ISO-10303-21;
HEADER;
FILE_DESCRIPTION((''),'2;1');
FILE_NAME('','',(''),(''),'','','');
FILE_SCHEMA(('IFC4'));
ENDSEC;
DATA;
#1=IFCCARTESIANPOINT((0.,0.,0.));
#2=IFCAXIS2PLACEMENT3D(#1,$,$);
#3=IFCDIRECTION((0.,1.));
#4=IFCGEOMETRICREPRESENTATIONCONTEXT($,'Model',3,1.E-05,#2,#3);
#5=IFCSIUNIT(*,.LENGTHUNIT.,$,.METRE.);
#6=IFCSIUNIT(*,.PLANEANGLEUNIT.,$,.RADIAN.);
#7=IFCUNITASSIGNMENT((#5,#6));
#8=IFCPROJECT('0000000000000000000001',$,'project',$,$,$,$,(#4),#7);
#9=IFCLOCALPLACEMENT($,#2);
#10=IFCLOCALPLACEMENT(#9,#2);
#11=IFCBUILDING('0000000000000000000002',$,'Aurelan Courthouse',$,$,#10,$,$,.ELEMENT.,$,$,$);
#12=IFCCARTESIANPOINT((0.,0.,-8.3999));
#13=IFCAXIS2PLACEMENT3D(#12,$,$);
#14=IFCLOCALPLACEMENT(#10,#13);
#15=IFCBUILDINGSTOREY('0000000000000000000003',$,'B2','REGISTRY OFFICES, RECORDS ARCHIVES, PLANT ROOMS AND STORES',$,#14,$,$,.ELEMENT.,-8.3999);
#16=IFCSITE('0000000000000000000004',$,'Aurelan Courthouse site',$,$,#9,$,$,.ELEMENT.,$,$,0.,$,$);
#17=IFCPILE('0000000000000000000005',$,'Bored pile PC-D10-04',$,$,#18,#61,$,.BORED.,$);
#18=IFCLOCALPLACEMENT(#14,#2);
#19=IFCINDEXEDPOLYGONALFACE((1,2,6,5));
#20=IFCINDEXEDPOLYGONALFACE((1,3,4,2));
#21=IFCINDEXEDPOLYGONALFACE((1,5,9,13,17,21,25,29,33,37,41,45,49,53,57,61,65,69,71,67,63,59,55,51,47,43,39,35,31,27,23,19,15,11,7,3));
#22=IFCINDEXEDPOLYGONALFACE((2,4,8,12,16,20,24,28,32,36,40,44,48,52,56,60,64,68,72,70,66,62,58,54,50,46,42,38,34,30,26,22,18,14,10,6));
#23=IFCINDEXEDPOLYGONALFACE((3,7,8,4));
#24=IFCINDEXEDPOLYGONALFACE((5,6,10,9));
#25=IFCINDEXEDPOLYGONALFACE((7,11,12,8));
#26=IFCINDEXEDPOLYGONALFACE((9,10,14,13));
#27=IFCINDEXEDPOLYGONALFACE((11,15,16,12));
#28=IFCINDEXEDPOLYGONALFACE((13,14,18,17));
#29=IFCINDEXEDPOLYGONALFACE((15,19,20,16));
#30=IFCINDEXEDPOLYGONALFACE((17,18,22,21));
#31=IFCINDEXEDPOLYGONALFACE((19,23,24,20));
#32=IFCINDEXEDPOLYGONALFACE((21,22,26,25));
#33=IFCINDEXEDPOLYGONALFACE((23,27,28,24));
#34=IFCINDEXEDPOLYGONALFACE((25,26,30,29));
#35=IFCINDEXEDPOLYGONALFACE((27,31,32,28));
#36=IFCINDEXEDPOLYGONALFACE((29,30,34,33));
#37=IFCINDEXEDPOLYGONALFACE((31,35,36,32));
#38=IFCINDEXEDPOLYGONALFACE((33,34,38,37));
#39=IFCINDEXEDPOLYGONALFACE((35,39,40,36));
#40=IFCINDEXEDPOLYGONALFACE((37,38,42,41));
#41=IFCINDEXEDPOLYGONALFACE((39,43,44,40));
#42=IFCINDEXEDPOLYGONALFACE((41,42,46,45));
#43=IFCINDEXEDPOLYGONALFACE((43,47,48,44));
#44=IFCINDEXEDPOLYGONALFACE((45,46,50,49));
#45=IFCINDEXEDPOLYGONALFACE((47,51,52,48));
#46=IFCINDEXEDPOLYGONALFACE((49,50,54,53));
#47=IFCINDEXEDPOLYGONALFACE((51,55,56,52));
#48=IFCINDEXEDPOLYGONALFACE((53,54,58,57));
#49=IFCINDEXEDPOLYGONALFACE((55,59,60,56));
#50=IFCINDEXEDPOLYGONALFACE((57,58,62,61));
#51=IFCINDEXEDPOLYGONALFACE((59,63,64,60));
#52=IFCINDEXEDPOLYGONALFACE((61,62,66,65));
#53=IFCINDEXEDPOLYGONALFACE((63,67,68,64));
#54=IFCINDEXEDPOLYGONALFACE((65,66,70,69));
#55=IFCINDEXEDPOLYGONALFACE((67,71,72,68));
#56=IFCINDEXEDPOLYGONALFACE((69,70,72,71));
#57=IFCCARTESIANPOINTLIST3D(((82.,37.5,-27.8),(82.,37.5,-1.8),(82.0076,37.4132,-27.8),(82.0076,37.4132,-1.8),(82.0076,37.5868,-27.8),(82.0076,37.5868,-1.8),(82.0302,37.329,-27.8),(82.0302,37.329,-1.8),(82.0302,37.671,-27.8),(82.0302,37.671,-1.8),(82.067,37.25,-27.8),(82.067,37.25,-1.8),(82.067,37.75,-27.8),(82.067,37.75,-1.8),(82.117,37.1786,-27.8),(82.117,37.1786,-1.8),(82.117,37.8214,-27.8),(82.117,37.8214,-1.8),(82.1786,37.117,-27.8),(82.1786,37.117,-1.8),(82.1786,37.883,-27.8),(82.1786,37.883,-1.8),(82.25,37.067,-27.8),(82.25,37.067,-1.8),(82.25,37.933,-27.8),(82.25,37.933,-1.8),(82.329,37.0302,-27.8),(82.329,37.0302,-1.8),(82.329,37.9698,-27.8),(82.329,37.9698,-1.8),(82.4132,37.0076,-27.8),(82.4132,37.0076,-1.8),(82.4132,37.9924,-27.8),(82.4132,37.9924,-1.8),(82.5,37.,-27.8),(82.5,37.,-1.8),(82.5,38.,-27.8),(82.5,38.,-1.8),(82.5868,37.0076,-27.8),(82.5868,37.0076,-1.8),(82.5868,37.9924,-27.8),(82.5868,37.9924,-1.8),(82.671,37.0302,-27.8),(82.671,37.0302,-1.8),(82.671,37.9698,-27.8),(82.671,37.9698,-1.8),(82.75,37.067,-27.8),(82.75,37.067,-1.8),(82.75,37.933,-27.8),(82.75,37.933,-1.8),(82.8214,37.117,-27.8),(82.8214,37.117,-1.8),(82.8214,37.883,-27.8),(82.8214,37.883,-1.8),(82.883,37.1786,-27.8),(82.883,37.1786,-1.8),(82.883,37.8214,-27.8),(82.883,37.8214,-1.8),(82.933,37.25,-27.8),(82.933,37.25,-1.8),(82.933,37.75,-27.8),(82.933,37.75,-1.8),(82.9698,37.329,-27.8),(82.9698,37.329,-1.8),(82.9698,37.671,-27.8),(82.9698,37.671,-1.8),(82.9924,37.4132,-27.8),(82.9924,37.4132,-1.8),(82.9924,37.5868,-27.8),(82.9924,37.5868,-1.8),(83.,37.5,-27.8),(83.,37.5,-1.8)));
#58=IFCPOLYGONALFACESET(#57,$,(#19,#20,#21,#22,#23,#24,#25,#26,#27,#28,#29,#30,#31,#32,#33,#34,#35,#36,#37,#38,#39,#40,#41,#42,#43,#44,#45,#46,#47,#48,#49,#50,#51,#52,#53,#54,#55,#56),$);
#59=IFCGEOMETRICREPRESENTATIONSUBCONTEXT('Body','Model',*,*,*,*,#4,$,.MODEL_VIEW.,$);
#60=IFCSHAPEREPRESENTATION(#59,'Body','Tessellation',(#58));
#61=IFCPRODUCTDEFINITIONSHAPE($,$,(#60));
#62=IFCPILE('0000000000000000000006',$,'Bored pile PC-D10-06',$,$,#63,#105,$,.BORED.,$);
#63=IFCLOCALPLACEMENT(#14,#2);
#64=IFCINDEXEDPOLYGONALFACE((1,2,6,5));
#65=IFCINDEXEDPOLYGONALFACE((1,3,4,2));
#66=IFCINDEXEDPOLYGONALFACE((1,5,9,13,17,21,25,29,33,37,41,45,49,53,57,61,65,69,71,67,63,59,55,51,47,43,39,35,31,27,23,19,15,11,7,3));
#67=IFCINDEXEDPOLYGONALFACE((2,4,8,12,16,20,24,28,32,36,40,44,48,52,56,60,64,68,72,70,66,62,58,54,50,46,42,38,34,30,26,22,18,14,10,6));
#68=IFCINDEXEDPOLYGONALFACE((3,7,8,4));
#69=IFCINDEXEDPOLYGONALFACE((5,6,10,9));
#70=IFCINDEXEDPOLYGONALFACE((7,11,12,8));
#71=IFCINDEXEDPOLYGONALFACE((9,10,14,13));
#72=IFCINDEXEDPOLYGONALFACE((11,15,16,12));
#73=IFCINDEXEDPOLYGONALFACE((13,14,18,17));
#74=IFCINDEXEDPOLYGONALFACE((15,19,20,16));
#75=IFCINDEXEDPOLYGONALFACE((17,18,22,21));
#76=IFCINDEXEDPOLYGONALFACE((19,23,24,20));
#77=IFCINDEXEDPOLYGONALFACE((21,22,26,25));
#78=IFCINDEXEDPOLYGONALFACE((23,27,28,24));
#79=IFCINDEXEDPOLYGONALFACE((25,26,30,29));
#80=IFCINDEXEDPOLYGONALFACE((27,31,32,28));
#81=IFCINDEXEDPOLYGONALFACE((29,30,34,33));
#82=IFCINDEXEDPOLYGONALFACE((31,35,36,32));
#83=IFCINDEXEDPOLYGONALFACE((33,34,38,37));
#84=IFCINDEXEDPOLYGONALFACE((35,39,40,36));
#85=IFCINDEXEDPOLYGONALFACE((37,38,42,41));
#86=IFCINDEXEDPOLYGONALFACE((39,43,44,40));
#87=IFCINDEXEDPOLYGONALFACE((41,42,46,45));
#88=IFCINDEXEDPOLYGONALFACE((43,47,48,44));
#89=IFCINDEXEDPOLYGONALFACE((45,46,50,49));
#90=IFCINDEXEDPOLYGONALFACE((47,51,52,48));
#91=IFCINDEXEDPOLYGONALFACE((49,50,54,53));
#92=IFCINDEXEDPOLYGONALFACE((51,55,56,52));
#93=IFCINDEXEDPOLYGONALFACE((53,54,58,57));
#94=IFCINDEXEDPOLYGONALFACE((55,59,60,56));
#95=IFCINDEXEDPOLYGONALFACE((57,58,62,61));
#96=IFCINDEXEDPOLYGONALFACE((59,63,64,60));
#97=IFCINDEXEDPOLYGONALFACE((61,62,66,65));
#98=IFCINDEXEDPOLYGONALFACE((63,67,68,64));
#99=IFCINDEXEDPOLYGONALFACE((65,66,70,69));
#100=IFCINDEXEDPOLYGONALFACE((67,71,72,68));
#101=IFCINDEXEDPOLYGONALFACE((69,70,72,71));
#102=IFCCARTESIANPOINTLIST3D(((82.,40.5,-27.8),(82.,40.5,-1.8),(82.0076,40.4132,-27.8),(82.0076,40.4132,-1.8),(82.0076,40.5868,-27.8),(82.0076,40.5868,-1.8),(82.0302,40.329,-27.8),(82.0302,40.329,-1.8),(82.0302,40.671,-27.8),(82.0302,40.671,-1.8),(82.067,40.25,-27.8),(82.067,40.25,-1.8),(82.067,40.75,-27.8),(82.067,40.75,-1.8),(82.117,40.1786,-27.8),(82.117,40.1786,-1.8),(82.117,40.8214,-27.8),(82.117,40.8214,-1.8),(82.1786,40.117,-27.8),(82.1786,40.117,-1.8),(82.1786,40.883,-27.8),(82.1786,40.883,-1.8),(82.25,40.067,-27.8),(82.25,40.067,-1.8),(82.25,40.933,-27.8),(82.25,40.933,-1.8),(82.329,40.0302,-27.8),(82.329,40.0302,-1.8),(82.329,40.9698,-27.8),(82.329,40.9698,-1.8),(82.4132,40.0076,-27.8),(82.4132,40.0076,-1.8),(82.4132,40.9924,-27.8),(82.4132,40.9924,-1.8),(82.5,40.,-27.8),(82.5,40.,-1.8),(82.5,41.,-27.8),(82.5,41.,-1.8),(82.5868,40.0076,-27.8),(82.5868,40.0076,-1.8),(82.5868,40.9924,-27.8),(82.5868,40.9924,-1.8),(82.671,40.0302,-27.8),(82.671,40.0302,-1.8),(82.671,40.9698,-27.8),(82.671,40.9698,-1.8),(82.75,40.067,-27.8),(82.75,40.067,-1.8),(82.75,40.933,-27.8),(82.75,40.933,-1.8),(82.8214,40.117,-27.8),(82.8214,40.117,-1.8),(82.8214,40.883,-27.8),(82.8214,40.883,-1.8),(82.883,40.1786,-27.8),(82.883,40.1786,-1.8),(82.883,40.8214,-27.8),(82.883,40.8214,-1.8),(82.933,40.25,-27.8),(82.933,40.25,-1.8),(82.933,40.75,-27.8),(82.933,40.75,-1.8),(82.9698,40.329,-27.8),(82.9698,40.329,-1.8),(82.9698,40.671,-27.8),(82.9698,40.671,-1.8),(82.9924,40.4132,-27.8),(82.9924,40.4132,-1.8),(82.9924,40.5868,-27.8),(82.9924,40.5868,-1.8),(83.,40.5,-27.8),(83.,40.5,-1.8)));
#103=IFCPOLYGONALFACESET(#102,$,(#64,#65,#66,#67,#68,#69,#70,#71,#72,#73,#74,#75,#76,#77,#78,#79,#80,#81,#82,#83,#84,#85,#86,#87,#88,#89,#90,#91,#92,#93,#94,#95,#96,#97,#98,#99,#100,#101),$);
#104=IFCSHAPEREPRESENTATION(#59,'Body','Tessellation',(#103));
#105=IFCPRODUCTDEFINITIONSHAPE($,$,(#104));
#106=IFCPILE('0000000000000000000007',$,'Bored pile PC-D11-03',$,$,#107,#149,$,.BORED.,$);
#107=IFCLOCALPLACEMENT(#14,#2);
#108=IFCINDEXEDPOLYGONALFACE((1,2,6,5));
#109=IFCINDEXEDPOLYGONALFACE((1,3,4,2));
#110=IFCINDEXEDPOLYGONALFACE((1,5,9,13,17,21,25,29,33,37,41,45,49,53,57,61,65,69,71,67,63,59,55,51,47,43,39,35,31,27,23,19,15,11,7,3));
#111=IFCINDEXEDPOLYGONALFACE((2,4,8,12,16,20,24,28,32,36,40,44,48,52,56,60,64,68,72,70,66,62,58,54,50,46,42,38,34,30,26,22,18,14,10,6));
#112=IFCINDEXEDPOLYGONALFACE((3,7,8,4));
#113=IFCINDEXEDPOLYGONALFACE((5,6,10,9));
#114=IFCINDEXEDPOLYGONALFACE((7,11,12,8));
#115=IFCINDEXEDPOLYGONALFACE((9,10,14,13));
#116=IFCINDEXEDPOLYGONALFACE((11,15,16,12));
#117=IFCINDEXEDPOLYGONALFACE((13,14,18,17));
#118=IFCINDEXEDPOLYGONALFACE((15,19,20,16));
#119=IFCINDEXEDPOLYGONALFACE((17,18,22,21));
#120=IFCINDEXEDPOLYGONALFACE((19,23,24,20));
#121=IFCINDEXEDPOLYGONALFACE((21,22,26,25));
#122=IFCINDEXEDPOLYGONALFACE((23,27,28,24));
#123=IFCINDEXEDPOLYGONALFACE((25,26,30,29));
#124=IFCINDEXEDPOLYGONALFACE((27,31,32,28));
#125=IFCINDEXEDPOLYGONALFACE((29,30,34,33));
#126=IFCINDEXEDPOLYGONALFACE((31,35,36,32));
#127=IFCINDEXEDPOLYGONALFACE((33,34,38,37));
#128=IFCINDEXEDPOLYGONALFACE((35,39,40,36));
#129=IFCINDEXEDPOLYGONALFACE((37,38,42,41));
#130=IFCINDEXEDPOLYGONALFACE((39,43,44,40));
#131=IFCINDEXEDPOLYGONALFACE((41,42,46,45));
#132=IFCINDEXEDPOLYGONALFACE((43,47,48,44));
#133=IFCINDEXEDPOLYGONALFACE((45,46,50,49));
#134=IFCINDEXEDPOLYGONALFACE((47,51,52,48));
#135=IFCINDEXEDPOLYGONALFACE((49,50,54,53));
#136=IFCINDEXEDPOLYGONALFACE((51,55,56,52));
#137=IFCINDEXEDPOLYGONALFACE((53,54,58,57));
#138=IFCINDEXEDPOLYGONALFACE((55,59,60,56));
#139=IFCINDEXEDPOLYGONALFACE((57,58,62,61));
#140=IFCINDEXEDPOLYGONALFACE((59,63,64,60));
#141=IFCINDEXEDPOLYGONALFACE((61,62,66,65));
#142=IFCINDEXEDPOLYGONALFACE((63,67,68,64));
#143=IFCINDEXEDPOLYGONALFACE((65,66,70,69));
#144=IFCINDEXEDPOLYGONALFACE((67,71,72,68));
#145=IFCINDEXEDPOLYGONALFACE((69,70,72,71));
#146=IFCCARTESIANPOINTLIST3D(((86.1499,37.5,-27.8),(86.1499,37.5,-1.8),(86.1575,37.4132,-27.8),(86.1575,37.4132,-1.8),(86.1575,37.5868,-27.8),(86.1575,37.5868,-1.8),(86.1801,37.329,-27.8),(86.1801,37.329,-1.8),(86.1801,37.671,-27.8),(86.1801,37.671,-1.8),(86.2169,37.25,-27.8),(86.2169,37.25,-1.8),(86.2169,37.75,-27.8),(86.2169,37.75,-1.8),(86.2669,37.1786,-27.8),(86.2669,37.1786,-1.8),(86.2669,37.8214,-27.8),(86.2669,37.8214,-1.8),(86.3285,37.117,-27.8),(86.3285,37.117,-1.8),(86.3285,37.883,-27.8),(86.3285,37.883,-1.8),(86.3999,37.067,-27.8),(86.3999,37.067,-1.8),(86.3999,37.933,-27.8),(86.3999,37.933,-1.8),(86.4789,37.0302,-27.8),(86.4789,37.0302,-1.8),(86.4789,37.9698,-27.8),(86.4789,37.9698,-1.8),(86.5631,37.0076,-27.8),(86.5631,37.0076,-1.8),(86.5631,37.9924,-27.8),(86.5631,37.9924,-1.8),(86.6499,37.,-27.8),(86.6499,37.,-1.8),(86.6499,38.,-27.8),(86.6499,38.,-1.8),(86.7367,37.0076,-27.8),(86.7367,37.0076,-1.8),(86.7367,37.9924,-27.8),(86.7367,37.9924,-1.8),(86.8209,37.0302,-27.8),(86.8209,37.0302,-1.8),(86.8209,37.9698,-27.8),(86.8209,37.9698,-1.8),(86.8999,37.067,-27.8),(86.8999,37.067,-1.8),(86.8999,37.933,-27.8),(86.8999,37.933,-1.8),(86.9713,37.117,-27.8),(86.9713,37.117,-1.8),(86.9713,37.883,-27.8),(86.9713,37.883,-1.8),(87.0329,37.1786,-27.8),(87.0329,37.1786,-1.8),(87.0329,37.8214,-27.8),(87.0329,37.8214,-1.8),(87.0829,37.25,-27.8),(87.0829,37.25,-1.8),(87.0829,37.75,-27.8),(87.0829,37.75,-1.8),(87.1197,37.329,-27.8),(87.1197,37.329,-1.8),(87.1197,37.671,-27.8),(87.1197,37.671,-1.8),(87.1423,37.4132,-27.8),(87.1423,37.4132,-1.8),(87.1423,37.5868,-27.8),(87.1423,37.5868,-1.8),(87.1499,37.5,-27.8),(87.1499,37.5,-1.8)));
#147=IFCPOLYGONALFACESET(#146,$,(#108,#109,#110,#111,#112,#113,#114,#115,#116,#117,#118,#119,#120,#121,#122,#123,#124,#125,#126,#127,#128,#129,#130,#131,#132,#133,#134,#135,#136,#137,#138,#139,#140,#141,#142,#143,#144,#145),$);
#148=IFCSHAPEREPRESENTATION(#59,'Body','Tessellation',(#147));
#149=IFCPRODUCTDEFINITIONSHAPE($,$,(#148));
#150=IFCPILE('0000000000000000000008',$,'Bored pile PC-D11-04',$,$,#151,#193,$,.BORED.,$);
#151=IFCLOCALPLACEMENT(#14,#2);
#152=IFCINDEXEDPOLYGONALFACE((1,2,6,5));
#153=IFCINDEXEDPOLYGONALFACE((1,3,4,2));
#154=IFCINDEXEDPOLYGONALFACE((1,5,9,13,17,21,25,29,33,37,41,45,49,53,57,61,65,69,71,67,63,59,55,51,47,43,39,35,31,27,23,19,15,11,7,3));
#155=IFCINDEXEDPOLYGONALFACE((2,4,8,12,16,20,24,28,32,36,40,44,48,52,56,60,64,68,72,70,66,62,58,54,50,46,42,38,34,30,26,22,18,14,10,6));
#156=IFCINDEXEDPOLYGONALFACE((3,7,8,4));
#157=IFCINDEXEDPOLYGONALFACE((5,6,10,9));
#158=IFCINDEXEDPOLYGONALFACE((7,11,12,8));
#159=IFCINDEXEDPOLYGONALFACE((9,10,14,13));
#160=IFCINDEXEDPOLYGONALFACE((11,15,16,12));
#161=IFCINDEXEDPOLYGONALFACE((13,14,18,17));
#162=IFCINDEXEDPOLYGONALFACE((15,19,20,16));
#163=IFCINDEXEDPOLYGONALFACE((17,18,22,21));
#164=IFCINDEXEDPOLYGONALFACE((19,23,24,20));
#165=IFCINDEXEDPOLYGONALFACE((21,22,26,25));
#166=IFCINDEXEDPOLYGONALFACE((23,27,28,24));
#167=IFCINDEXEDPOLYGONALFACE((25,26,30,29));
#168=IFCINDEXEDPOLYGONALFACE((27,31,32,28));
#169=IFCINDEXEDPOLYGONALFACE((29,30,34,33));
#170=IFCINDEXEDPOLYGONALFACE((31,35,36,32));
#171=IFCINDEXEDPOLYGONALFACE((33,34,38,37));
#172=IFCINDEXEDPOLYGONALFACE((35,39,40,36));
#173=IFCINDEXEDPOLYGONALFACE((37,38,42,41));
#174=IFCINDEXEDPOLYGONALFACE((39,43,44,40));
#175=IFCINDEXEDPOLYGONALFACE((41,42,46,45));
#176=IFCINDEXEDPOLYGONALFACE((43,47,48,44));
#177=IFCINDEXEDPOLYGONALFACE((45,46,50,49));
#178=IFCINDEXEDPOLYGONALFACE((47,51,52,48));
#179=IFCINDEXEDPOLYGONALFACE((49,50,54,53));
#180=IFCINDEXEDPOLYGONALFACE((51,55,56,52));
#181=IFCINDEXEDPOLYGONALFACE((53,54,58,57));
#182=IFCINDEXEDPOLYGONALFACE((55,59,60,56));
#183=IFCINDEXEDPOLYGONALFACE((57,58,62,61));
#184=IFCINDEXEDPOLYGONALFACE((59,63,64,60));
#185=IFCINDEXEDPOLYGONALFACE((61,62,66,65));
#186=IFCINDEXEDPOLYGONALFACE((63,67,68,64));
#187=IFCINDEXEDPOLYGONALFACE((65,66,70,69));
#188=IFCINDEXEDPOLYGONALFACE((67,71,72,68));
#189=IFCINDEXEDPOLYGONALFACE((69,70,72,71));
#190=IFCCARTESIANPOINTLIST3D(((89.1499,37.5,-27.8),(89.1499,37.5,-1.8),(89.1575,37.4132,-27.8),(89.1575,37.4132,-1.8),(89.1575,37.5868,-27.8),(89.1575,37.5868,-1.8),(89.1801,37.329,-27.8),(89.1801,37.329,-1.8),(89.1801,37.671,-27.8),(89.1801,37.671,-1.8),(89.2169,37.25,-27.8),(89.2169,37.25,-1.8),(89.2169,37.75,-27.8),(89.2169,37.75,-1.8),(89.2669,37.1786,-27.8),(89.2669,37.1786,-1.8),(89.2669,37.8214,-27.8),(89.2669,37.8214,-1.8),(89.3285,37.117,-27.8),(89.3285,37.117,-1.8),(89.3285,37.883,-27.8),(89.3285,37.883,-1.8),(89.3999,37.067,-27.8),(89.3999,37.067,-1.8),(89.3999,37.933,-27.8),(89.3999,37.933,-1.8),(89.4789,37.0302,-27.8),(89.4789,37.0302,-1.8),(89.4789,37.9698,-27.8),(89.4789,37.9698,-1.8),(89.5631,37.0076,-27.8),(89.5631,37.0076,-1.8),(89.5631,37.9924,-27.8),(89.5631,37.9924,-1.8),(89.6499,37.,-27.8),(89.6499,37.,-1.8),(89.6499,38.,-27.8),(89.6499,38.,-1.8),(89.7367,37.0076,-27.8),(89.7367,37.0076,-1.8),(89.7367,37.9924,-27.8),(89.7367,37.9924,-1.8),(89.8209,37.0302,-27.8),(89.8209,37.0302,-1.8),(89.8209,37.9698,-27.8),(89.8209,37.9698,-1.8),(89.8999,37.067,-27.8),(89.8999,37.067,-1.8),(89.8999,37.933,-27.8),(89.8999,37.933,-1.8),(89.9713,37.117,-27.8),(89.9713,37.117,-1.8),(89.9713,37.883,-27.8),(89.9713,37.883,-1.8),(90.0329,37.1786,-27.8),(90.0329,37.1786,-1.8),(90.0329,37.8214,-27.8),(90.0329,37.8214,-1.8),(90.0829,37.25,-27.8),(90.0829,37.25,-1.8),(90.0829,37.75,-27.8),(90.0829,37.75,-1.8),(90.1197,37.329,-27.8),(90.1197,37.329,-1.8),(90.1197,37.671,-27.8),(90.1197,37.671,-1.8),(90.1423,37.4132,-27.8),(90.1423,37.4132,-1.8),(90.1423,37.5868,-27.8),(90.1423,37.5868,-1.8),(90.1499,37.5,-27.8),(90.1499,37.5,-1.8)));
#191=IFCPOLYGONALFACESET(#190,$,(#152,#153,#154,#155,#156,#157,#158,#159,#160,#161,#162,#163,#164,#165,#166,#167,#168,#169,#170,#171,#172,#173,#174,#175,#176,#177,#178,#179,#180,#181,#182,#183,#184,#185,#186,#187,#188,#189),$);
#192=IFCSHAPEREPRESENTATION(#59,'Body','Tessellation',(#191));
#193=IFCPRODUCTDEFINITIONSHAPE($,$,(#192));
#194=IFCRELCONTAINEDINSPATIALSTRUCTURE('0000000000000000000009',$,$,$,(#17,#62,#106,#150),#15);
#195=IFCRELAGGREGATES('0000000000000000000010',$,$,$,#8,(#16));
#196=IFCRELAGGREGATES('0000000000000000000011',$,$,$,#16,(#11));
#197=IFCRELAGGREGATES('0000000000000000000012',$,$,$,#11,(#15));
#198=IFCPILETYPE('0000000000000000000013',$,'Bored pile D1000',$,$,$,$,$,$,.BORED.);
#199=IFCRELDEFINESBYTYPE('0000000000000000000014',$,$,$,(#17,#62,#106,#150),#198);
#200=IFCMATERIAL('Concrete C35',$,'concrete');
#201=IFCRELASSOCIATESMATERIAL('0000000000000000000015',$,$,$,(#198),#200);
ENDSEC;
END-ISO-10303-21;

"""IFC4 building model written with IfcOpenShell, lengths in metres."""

from ifc_helpers import new_model, si_unit, direction, frame, origin, origin_2d, place, context, subcontext, project, spatial, circle, extrude, material, material_profile, profile_set, type_object, element, save


model = new_model("IFC4")

# Units and contexts
model_context = context("Model", 3, precision=1e-05, world=origin(), true_north=direction((0.0, 1.0)))
body_context = subcontext(model_context, "Body", "Model", "MODEL_VIEW")
ifc_project = project(units=[si_unit("LENGTHUNIT", "METRE"), si_unit("PLANEANGLEUNIT", "RADIAN")], contexts=[model_context])

# Site, building, storey
site_placement = place(None, origin())
site = spatial("IfcSite", under=ifc_project, at=site_placement, Name="Aurelan Courthouse site", CompositionType="ELEMENT", RefElevation=0.0)
building_placement = place(site_placement, origin())
building = spatial("IfcBuilding", under=site, at=building_placement, Name="Aurelan Courthouse", CompositionType="ELEMENT")
storey_placement = place(building_placement, frame((0.0, 0.0, -8.3999)))
storey = spatial("IfcBuildingStorey", under=building, at=storey_placement, Name="B2", Description="REGISTRY OFFICES, RECORDS ARCHIVES, PLANT ROOMS AND STORES", CompositionType="ELEMENT", Elevation=-8.3999)

# Piles
ifc_material_1 = material(Name="Concrete C35", Category="concrete")
ifc_material_profile_1 = material_profile(ifc_material_1, circle(Radius=0.5, at=origin_2d()), Name="D1000")
ifc_profile_set_1 = profile_set([ifc_material_profile_1], Name="Concrete C35")
pile_type = type_object("IfcPileType", Name="Bored pile D1000", PredefinedType="BORED", material=ifc_profile_set_1)
for number, where, z_axis, x_axis, name in (
    (1, (82.5, 37.5, -1.8), (0.0, 0.0, -1.0), (1.0, 0.0, 0.0), "Bored pile PC-D10-04"),
    (2, (82.5, 40.5, -1.8), (0.0, 0.0, -1.0), (1.0, 0.0, 0.0), "Bored pile PC-D10-06"),
    (3, (86.6499, 37.5, -1.8), (0.0, 0.0, -1.0), (1.0, 0.0, 0.0), "Bored pile PC-D11-03"),
    (4, (89.6499, 37.5, -1.8), (0.0, 0.0, -1.0), (1.0, 0.0, 0.0), "Bored pile PC-D11-04"),
):
    element("IfcPile", number, at=place(storey_placement, frame(where, z_axis=z_axis, x_axis=x_axis)), inside=storey, type_object=pile_type, Name=name, PredefinedType="BORED", context=body_context, shape_type="SweptSolid", body=[
        extrude(circle(Radius=0.5, at=origin_2d()), origin(), (0.0, 0.0, 1.0), 26.0),
    ])

save(model, "model.ifc")
